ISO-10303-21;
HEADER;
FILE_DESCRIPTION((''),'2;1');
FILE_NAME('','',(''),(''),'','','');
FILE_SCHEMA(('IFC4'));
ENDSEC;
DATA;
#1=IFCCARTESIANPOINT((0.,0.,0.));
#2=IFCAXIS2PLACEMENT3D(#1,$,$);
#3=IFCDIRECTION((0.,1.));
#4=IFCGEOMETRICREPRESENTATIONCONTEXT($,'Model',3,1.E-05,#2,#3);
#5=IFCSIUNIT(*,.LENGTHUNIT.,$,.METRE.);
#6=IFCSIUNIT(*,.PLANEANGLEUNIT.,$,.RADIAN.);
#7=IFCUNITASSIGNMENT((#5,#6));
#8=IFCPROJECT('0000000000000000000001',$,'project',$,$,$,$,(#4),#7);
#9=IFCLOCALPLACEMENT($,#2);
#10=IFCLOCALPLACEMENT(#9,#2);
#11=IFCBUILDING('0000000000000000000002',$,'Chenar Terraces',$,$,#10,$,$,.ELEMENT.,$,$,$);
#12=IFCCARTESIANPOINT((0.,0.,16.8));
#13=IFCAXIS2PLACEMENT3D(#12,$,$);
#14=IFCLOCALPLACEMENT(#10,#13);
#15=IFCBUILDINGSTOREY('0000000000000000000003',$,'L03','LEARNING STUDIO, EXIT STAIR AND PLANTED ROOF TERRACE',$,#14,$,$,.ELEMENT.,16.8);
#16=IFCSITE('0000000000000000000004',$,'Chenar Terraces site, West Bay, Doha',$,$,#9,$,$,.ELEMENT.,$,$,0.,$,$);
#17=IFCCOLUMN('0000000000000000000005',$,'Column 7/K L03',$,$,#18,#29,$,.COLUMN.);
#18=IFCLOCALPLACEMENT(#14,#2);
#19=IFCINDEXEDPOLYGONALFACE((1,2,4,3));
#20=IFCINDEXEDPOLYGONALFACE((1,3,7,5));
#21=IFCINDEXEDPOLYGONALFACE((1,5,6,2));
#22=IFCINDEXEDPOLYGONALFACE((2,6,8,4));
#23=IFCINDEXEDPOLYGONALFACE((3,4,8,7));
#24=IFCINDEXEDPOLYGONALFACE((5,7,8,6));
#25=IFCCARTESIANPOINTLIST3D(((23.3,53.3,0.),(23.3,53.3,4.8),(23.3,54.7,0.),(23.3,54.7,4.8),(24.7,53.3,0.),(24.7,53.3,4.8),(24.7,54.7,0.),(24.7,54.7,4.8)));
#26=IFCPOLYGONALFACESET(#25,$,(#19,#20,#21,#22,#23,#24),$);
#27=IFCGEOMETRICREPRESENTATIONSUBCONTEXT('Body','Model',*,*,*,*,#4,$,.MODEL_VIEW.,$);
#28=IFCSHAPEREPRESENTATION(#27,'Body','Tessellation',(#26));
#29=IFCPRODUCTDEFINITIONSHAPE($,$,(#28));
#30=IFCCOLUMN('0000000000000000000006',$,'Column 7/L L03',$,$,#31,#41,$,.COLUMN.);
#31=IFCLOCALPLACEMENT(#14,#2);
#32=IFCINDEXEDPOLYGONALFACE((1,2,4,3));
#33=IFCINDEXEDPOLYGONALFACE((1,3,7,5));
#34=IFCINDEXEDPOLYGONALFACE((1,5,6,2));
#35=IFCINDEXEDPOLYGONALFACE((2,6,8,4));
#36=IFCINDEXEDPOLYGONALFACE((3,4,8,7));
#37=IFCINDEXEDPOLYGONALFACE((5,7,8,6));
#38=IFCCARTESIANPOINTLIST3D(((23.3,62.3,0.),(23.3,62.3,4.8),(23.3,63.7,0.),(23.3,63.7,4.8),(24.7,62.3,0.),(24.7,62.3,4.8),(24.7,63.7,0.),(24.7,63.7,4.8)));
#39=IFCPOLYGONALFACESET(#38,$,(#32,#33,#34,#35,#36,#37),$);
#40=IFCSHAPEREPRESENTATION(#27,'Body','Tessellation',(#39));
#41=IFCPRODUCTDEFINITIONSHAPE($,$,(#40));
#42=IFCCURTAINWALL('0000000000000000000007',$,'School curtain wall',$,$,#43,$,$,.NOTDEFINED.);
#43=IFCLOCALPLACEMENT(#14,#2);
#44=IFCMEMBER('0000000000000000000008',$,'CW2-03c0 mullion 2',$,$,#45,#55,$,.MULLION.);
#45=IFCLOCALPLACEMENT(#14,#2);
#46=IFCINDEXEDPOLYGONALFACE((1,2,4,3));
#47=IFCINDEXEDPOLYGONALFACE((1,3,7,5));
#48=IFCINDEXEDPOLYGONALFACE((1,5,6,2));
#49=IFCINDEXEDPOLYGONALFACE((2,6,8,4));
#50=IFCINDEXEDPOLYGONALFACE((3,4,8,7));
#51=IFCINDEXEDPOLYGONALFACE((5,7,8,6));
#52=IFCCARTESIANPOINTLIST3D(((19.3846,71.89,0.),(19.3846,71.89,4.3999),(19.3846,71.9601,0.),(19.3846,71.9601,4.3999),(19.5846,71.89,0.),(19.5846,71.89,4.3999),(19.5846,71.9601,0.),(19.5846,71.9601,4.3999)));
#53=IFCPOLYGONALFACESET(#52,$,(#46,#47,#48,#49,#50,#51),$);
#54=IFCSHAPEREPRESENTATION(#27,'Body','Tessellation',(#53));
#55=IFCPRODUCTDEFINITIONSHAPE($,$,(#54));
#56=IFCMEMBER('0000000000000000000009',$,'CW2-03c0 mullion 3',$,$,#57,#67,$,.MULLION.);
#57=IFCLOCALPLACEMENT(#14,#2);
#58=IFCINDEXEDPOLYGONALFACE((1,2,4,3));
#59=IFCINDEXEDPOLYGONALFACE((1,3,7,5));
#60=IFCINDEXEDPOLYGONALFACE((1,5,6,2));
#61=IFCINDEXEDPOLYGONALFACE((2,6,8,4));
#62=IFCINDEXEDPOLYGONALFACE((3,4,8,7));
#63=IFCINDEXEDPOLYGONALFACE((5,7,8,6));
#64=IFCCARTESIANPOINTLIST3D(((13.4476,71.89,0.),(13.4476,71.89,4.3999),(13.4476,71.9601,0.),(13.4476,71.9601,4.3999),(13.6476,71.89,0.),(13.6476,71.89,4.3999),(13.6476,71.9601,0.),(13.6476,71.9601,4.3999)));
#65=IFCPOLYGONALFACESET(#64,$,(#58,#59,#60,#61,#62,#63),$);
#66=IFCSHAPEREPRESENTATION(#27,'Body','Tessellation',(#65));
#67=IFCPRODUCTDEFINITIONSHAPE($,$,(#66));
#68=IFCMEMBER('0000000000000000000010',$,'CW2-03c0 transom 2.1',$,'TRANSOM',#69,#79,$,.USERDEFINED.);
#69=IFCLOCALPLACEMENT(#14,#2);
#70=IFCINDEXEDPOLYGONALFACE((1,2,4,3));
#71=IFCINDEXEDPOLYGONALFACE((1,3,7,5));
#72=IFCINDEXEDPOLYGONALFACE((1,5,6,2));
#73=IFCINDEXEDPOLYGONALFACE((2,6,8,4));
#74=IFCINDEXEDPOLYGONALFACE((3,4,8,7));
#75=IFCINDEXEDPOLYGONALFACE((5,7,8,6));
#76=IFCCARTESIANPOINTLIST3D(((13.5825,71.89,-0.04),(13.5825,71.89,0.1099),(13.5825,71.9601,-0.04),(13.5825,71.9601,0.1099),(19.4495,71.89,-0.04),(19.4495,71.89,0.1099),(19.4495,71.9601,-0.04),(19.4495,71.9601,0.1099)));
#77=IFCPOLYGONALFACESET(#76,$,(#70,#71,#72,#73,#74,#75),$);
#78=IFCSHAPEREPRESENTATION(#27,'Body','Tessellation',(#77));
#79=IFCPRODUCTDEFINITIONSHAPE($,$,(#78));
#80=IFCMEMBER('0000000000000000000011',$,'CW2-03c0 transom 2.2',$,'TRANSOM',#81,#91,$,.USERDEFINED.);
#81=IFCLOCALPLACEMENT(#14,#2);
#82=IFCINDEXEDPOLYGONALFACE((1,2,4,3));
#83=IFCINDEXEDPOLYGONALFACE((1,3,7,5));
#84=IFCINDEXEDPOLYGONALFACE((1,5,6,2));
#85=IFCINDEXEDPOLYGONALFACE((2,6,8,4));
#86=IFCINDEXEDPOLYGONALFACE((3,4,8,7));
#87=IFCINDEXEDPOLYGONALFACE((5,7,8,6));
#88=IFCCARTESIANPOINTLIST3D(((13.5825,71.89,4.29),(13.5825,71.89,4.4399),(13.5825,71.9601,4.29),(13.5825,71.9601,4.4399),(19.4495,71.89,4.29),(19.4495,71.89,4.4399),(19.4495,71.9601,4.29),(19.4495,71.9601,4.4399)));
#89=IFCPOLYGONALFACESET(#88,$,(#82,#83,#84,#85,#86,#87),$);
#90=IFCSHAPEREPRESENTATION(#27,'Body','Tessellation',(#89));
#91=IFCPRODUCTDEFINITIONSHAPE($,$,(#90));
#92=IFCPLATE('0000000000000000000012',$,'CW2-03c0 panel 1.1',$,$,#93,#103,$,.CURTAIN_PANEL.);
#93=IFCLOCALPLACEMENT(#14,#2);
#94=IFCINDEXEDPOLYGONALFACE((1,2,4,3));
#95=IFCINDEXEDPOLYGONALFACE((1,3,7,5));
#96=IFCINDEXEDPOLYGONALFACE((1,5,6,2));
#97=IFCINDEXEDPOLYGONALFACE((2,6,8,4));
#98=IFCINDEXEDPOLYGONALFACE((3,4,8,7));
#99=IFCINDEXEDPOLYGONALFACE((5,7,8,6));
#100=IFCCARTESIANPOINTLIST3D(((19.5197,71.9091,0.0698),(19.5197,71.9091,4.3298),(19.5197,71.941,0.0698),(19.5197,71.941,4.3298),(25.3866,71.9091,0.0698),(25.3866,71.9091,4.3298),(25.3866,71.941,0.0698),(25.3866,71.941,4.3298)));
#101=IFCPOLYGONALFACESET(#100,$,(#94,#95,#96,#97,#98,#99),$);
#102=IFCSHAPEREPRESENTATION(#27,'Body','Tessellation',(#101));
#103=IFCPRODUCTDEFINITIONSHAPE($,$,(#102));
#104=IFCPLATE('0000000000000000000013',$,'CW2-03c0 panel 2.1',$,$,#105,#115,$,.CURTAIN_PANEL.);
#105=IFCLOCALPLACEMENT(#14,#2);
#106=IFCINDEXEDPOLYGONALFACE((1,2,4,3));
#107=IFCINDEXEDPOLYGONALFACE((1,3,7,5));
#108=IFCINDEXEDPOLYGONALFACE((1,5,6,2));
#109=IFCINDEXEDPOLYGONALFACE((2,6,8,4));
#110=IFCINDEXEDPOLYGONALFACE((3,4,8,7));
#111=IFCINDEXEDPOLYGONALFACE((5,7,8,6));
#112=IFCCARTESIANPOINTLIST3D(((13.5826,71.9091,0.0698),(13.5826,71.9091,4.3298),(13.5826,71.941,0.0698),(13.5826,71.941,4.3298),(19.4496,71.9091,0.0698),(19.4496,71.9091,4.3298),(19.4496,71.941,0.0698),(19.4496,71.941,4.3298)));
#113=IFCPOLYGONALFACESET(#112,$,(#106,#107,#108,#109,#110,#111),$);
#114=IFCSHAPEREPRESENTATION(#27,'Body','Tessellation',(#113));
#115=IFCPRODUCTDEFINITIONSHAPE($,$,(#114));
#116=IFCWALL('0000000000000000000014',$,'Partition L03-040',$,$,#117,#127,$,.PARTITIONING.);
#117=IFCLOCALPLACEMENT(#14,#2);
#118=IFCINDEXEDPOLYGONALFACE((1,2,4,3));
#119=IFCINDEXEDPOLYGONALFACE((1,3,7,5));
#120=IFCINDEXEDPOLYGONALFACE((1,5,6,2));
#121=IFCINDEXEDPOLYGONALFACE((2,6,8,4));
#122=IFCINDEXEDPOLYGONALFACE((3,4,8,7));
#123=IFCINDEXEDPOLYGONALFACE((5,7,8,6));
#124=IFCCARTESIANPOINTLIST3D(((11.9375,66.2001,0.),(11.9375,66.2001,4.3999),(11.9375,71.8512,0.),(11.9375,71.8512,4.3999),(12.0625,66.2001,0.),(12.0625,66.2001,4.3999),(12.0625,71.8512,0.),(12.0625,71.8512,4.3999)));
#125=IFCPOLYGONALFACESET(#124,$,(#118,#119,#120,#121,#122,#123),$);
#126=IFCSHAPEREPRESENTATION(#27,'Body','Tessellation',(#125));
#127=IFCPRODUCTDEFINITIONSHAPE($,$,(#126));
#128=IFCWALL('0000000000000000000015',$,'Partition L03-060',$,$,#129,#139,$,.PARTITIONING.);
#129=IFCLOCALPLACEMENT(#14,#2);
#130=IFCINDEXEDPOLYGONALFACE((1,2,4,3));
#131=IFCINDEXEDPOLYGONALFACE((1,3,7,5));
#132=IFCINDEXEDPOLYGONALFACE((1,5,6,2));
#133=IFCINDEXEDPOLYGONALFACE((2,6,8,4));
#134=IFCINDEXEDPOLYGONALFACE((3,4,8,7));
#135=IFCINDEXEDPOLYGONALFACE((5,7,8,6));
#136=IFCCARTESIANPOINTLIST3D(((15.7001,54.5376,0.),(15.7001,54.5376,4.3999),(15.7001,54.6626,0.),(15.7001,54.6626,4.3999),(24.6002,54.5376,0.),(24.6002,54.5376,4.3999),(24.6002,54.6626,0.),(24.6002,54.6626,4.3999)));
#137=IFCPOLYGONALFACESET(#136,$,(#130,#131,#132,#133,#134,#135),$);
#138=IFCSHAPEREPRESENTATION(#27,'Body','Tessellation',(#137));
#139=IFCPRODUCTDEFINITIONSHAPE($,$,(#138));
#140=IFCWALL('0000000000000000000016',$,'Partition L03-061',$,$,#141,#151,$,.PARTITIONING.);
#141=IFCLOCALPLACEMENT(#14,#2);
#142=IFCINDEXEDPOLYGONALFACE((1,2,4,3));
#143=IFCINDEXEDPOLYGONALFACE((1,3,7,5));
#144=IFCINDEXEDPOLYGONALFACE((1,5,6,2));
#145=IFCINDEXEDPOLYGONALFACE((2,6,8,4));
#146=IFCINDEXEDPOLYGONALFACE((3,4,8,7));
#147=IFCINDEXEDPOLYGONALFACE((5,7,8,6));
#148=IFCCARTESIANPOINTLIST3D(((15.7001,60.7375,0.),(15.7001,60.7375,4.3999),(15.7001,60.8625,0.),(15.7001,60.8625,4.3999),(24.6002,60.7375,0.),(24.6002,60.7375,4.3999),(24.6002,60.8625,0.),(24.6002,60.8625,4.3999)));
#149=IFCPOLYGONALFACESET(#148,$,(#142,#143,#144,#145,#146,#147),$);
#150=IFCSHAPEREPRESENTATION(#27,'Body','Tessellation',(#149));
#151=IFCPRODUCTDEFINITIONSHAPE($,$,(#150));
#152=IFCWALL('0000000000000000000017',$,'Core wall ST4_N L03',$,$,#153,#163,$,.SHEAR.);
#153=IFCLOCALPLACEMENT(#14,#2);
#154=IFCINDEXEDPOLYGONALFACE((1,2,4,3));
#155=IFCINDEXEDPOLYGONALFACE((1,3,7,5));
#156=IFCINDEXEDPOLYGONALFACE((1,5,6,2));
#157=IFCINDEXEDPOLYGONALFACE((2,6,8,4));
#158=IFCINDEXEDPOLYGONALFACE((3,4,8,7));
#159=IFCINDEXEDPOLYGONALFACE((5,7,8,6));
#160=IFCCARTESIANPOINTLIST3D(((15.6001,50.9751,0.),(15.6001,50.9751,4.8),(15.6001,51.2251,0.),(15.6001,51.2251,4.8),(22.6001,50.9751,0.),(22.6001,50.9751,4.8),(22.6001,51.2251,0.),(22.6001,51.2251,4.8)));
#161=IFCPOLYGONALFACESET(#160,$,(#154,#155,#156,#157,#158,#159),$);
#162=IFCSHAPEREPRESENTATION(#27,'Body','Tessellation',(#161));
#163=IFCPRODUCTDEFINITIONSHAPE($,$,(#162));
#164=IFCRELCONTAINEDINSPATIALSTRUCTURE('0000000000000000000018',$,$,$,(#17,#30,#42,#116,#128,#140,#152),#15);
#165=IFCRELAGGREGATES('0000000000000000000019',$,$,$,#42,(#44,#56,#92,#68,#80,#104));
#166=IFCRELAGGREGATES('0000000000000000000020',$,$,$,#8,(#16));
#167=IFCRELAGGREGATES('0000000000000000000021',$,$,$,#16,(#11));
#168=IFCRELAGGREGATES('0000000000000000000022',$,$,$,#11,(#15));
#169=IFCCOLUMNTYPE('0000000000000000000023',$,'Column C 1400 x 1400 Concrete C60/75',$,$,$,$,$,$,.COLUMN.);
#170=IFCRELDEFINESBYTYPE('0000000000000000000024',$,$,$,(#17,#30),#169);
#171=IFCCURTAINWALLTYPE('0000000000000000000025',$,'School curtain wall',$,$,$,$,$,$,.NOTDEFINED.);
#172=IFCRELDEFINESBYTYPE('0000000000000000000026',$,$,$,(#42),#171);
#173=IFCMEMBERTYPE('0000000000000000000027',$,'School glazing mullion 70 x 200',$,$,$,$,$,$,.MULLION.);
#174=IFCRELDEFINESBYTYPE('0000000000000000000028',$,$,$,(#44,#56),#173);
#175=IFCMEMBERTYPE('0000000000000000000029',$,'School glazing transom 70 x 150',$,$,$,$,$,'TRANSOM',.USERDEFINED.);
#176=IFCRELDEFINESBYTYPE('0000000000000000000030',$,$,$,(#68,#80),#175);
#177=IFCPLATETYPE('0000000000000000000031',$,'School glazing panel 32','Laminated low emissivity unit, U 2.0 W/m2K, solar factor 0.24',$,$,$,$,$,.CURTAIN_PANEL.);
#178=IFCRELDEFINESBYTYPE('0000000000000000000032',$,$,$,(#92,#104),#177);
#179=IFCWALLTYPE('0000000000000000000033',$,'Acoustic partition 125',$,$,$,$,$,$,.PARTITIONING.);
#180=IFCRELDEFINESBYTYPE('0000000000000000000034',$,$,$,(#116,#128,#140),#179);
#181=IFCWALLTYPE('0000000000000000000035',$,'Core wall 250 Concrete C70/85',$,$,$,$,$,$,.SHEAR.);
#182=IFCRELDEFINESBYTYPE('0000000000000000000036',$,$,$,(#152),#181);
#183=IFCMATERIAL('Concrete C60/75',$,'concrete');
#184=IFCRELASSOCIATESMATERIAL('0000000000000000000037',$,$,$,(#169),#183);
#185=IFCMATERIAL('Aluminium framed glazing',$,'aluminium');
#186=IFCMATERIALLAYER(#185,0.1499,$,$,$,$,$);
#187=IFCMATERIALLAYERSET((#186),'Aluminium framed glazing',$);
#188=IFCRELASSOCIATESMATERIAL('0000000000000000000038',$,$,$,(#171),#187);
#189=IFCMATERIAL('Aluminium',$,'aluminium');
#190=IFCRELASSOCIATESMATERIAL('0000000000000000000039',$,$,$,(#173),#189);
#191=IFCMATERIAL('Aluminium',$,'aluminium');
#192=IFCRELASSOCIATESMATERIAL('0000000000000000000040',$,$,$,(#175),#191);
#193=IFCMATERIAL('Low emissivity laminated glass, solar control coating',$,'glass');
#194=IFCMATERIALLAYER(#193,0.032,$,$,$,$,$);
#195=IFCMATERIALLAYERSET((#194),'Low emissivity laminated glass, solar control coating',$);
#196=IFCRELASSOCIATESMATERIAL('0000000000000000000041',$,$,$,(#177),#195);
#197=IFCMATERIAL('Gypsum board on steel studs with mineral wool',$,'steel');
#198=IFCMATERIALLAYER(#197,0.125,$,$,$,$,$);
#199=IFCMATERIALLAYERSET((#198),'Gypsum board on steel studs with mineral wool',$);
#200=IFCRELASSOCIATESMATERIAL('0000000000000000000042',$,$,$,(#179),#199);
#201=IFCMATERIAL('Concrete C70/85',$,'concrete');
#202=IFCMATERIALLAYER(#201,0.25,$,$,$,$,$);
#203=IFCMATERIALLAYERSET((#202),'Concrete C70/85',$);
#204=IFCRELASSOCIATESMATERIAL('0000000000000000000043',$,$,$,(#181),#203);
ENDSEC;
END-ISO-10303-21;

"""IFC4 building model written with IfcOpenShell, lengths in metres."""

from ifc_helpers import new_model, si_unit, direction, frame, frame_2d, origin, origin_2d, place, context, subcontext, project, spatial, rectangle, extrude, material, layer, layer_set, material_profile, profile_set, type_object, element, aggregate, save


model = new_model("IFC4")

# Units and contexts
model_context = context("Model", 3, precision=1e-05, world=origin(), true_north=direction((0.0, 1.0)))
body_context = subcontext(model_context, "Body", "Model", "MODEL_VIEW")
ifc_project = project(units=[si_unit("LENGTHUNIT", "METRE"), si_unit("PLANEANGLEUNIT", "RADIAN")], contexts=[model_context])

# Site, building, storey
site_placement = place(None, origin())
site = spatial("IfcSite", under=ifc_project, at=site_placement, Name="Chenar Terraces site, West Bay, Doha", CompositionType="ELEMENT", RefElevation=0.0)
building_placement = place(site_placement, origin())
building = spatial("IfcBuilding", under=site, at=building_placement, Name="Chenar Terraces", CompositionType="ELEMENT")
storey_placement = place(building_placement, frame((0.0, 0.0, 16.8)))
storey = spatial("IfcBuildingStorey", under=building, at=storey_placement, Name="L03", Description="LEARNING STUDIO, EXIT STAIR AND PLANTED ROOF TERRACE", CompositionType="ELEMENT", Elevation=16.8)

# Columns
ifc_material_1 = material(Name="Concrete C60/75", Category="concrete")
ifc_material_profile_1 = material_profile(ifc_material_1, rectangle(XDim=1.3999, YDim=1.3999, at=origin_2d()), Name="C 1400 x 1400")
ifc_profile_set_1 = profile_set([ifc_material_profile_1], Name="Concrete C60/75")
column_type = type_object("IfcColumnType", Name="Column C 1400 x 1400 Concrete C60/75", PredefinedType="COLUMN", material=ifc_profile_set_1)
for number, where, z_axis, x_axis, name in (
    (1, (24.0, 54.0, 0.0), (0.0, 0.0, 1.0), (1.0, 0.0, 0.0), "Column 7/K L03"),
    (2, (24.0, 63.0, 0.0), (0.0, 0.0, 1.0), (1.0, 0.0, 0.0), "Column 7/L L03"),
):
    element("IfcColumn", number, at=place(storey_placement, frame(where, z_axis=z_axis, x_axis=x_axis)), inside=storey, type_object=column_type, Name=name, PredefinedType="COLUMN", context=body_context, shape_type="SweptSolid", body=[
        extrude(rectangle(XDim=1.3999, YDim=1.3999, at=origin_2d()), origin(), (0.0, 0.0, 1.0), 4.8),
    ])

# Curtain wall, members, plates
ifc_material_2 = material(Name="Aluminium framed glazing", Category="aluminium")
ifc_layer_1 = layer(ifc_material_2, 0.1499)
ifc_layer_set_1 = layer_set([ifc_layer_1], Name="Aluminium framed glazing")
curtain_wall_type = type_object("IfcCurtainWallType", Name="School curtain wall", PredefinedType="NOTDEFINED", material=ifc_layer_set_1)
placement = place(storey_placement, origin())
curtain_wall = element("IfcCurtainWall", 3, at=placement, inside=storey, type_object=curtain_wall_type, Name="School curtain wall", PredefinedType="NOTDEFINED")
ifc_material_3 = material(Name="Aluminium", Category="aluminium")
ifc_material_profile_2 = material_profile(ifc_material_3, rectangle(XDim=0.0701, YDim=0.2, at=origin_2d()), Name="School glazing mullion 70 x 200")
ifc_profile_set_2 = profile_set([ifc_material_profile_2], Name="Aluminium")
member_type_1 = type_object("IfcMemberType", Name="School glazing mullion 70 x 200", PredefinedType="MULLION", material=ifc_profile_set_2)
member_1_placement = place(storey_placement, frame((19.4846, 71.925, 0.0), z_axis=(0.0, 0.0, 1.0), x_axis=(0.0, -1.0, 0.0)))
member_1 = element("IfcMember", 4, at=member_1_placement, type_object=member_type_1, Name="CW2-03c0 mullion 2", PredefinedType="MULLION", context=body_context, shape_type="SweptSolid", body=[
    extrude(rectangle(XDim=0.0701, YDim=0.2, at=origin_2d()), origin(), (0.0, 0.0, 1.0), 4.3999),
])
member_2_placement = place(storey_placement, frame((13.5476, 71.925, 0.0), z_axis=(0.0, 0.0, 1.0), x_axis=(0.0, -1.0, 0.0)))
member_2 = element("IfcMember", 5, at=member_2_placement, type_object=member_type_1, Name="CW2-03c0 mullion 3", PredefinedType="MULLION", context=body_context, shape_type="SweptSolid", body=[
    extrude(rectangle(XDim=0.0701, YDim=0.2, at=origin_2d()), origin(), (0.0, 0.0, 1.0), 4.3999),
])
ifc_material_4 = material(Name="Aluminium", Category="aluminium")
ifc_material_profile_3 = material_profile(ifc_material_4, rectangle(XDim=0.0701, YDim=0.1499, at=origin_2d()), Name="School glazing transom 70 x 150")
ifc_profile_set_3 = profile_set([ifc_material_profile_3], Name="Aluminium")
member_type_2 = type_object("IfcMemberType", Name="School glazing transom 70 x 150", ElementType="TRANSOM", PredefinedType="USERDEFINED", material=ifc_profile_set_3)
member_3_placement = place(storey_placement, frame((19.4495, 71.925, 0.0349), z_axis=(-1.0, 0.0, 0.0), x_axis=(0.0, -1.0, 0.0)))
member_3 = element("IfcMember", 6, at=member_3_placement, type_object=member_type_2, Name="CW2-03c0 transom 2.1", ObjectType="TRANSOM", PredefinedType="USERDEFINED", context=body_context, shape_type="SweptSolid", body=[
    extrude(rectangle(XDim=0.0701, YDim=0.1499, at=origin_2d()), origin(), (0.0, 0.0, 1.0), 5.8669),
])
member_4_placement = place(storey_placement, frame((19.4495, 71.925, 4.365), z_axis=(-1.0, 0.0, 0.0), x_axis=(0.0, -1.0, 0.0)))
member_4 = element("IfcMember", 7, at=member_4_placement, type_object=member_type_2, Name="CW2-03c0 transom 2.2", ObjectType="TRANSOM", PredefinedType="USERDEFINED", context=body_context, shape_type="SweptSolid", body=[
    extrude(rectangle(XDim=0.0701, YDim=0.1499, at=origin_2d()), origin(), (0.0, 0.0, 1.0), 5.8669),
])
ifc_material_5 = material(Name="Low emissivity laminated glass, solar control coating", Category="glass")
ifc_layer_2 = layer(ifc_material_5, 0.032)
ifc_layer_set_2 = layer_set([ifc_layer_2], Name="Low emissivity laminated glass, solar control coating")
plate_type = type_object("IfcPlateType", Name="School glazing panel 32", Description="Laminated low emissivity unit, U 2.0 W/m2K, solar factor 0.24", PredefinedType="CURTAIN_PANEL", material=ifc_layer_set_2)
plate_1_placement = place(storey_placement, frame((22.4531, 71.925, 0.0698), z_axis=(0.0, 0.0, 1.0), x_axis=(-1.0, 0.0, 0.0)))
plate_1 = element("IfcPlate", 8, at=plate_1_placement, type_object=plate_type, Name="CW2-03c0 panel 1.1", PredefinedType="CURTAIN_PANEL", context=body_context, shape_type="SweptSolid", body=[
    extrude(rectangle(XDim=5.8669, YDim=0.032, at=origin_2d()), origin(), (0.0, 0.0, 1.0), 4.26),
])
plate_2_placement = place(storey_placement, frame((16.5161, 71.925, 0.0698), z_axis=(0.0, 0.0, 1.0), x_axis=(-1.0, 0.0, 0.0)))
plate_2 = element("IfcPlate", 9, at=plate_2_placement, type_object=plate_type, Name="CW2-03c0 panel 2.1", PredefinedType="CURTAIN_PANEL", context=body_context, shape_type="SweptSolid", body=[
    extrude(rectangle(XDim=5.8669, YDim=0.032, at=origin_2d()), origin(), (0.0, 0.0, 1.0), 4.26),
])
aggregate(curtain_wall, [member_1, member_2, plate_1, member_3, member_4, plate_2])

# Walls
ifc_material_6 = material(Name="Gypsum board on steel studs with mineral wool", Category="steel")
ifc_layer_3 = layer(ifc_material_6, 0.125)
ifc_layer_set_3 = layer_set([ifc_layer_3], Name="Gypsum board on steel studs with mineral wool")
wall_type_1 = type_object("IfcWallType", Name="Acoustic partition 125", PredefinedType="PARTITIONING", material=ifc_layer_set_3)
wall_1_placement = place(storey_placement, frame((12.0, 66.2, 0.0), z_axis=(0.0, 0.0, 1.0), x_axis=(0.0, 1.0, 0.0)))
element("IfcWall", 10, at=wall_1_placement, inside=storey, type_object=wall_type_1, Name="Partition L03-040", PredefinedType="PARTITIONING", context=body_context, shape_type="SweptSolid", body=[
    extrude(rectangle(XDim=5.6511, YDim=0.125, at=frame_2d((2.8257, 0.0))), origin(), (0.0, 0.0, 1.0), 4.3999),
])
for number, where, z_axis, x_axis, name in (
    (11, (15.7, 54.6001, 0.0), (0.0, 0.0, 1.0), (1.0, 0.0, 0.0), "Partition L03-060"),
    (12, (15.7, 60.8, 0.0), (0.0, 0.0, 1.0), (1.0, 0.0, 0.0), "Partition L03-061"),
):
    element("IfcWall", number, at=place(storey_placement, frame(where, z_axis=z_axis, x_axis=x_axis)), inside=storey, type_object=wall_type_1, Name=name, PredefinedType="PARTITIONING", context=body_context, shape_type="SweptSolid", body=[
        extrude(rectangle(XDim=8.9001, YDim=0.125, at=frame_2d((4.4502, 0.0))), origin(), (0.0, 0.0, 1.0), 4.3999),
    ])
ifc_material_7 = material(Name="Concrete C70/85", Category="concrete")
ifc_layer_4 = layer(ifc_material_7, 0.25)
ifc_layer_set_4 = layer_set([ifc_layer_4], Name="Concrete C70/85")
wall_type_2 = type_object("IfcWallType", Name="Core wall 250 Concrete C70/85", PredefinedType="SHEAR", material=ifc_layer_set_4)
wall_2_placement = place(storey_placement, frame((15.6001, 51.1001, 0.0), z_axis=(0.0, 0.0, 1.0), x_axis=(1.0, 0.0, 0.0)))
element("IfcWall", 13, at=wall_2_placement, inside=storey, type_object=wall_type_2, Name="Core wall ST4_N L03", PredefinedType="SHEAR", context=body_context, shape_type="SweptSolid", body=[
    extrude(rectangle(XDim=7.0, YDim=0.25, at=frame_2d((3.5, 0.0))), origin(), (0.0, 0.0, 1.0), 4.8),
])

save(model, "model.ifc")
